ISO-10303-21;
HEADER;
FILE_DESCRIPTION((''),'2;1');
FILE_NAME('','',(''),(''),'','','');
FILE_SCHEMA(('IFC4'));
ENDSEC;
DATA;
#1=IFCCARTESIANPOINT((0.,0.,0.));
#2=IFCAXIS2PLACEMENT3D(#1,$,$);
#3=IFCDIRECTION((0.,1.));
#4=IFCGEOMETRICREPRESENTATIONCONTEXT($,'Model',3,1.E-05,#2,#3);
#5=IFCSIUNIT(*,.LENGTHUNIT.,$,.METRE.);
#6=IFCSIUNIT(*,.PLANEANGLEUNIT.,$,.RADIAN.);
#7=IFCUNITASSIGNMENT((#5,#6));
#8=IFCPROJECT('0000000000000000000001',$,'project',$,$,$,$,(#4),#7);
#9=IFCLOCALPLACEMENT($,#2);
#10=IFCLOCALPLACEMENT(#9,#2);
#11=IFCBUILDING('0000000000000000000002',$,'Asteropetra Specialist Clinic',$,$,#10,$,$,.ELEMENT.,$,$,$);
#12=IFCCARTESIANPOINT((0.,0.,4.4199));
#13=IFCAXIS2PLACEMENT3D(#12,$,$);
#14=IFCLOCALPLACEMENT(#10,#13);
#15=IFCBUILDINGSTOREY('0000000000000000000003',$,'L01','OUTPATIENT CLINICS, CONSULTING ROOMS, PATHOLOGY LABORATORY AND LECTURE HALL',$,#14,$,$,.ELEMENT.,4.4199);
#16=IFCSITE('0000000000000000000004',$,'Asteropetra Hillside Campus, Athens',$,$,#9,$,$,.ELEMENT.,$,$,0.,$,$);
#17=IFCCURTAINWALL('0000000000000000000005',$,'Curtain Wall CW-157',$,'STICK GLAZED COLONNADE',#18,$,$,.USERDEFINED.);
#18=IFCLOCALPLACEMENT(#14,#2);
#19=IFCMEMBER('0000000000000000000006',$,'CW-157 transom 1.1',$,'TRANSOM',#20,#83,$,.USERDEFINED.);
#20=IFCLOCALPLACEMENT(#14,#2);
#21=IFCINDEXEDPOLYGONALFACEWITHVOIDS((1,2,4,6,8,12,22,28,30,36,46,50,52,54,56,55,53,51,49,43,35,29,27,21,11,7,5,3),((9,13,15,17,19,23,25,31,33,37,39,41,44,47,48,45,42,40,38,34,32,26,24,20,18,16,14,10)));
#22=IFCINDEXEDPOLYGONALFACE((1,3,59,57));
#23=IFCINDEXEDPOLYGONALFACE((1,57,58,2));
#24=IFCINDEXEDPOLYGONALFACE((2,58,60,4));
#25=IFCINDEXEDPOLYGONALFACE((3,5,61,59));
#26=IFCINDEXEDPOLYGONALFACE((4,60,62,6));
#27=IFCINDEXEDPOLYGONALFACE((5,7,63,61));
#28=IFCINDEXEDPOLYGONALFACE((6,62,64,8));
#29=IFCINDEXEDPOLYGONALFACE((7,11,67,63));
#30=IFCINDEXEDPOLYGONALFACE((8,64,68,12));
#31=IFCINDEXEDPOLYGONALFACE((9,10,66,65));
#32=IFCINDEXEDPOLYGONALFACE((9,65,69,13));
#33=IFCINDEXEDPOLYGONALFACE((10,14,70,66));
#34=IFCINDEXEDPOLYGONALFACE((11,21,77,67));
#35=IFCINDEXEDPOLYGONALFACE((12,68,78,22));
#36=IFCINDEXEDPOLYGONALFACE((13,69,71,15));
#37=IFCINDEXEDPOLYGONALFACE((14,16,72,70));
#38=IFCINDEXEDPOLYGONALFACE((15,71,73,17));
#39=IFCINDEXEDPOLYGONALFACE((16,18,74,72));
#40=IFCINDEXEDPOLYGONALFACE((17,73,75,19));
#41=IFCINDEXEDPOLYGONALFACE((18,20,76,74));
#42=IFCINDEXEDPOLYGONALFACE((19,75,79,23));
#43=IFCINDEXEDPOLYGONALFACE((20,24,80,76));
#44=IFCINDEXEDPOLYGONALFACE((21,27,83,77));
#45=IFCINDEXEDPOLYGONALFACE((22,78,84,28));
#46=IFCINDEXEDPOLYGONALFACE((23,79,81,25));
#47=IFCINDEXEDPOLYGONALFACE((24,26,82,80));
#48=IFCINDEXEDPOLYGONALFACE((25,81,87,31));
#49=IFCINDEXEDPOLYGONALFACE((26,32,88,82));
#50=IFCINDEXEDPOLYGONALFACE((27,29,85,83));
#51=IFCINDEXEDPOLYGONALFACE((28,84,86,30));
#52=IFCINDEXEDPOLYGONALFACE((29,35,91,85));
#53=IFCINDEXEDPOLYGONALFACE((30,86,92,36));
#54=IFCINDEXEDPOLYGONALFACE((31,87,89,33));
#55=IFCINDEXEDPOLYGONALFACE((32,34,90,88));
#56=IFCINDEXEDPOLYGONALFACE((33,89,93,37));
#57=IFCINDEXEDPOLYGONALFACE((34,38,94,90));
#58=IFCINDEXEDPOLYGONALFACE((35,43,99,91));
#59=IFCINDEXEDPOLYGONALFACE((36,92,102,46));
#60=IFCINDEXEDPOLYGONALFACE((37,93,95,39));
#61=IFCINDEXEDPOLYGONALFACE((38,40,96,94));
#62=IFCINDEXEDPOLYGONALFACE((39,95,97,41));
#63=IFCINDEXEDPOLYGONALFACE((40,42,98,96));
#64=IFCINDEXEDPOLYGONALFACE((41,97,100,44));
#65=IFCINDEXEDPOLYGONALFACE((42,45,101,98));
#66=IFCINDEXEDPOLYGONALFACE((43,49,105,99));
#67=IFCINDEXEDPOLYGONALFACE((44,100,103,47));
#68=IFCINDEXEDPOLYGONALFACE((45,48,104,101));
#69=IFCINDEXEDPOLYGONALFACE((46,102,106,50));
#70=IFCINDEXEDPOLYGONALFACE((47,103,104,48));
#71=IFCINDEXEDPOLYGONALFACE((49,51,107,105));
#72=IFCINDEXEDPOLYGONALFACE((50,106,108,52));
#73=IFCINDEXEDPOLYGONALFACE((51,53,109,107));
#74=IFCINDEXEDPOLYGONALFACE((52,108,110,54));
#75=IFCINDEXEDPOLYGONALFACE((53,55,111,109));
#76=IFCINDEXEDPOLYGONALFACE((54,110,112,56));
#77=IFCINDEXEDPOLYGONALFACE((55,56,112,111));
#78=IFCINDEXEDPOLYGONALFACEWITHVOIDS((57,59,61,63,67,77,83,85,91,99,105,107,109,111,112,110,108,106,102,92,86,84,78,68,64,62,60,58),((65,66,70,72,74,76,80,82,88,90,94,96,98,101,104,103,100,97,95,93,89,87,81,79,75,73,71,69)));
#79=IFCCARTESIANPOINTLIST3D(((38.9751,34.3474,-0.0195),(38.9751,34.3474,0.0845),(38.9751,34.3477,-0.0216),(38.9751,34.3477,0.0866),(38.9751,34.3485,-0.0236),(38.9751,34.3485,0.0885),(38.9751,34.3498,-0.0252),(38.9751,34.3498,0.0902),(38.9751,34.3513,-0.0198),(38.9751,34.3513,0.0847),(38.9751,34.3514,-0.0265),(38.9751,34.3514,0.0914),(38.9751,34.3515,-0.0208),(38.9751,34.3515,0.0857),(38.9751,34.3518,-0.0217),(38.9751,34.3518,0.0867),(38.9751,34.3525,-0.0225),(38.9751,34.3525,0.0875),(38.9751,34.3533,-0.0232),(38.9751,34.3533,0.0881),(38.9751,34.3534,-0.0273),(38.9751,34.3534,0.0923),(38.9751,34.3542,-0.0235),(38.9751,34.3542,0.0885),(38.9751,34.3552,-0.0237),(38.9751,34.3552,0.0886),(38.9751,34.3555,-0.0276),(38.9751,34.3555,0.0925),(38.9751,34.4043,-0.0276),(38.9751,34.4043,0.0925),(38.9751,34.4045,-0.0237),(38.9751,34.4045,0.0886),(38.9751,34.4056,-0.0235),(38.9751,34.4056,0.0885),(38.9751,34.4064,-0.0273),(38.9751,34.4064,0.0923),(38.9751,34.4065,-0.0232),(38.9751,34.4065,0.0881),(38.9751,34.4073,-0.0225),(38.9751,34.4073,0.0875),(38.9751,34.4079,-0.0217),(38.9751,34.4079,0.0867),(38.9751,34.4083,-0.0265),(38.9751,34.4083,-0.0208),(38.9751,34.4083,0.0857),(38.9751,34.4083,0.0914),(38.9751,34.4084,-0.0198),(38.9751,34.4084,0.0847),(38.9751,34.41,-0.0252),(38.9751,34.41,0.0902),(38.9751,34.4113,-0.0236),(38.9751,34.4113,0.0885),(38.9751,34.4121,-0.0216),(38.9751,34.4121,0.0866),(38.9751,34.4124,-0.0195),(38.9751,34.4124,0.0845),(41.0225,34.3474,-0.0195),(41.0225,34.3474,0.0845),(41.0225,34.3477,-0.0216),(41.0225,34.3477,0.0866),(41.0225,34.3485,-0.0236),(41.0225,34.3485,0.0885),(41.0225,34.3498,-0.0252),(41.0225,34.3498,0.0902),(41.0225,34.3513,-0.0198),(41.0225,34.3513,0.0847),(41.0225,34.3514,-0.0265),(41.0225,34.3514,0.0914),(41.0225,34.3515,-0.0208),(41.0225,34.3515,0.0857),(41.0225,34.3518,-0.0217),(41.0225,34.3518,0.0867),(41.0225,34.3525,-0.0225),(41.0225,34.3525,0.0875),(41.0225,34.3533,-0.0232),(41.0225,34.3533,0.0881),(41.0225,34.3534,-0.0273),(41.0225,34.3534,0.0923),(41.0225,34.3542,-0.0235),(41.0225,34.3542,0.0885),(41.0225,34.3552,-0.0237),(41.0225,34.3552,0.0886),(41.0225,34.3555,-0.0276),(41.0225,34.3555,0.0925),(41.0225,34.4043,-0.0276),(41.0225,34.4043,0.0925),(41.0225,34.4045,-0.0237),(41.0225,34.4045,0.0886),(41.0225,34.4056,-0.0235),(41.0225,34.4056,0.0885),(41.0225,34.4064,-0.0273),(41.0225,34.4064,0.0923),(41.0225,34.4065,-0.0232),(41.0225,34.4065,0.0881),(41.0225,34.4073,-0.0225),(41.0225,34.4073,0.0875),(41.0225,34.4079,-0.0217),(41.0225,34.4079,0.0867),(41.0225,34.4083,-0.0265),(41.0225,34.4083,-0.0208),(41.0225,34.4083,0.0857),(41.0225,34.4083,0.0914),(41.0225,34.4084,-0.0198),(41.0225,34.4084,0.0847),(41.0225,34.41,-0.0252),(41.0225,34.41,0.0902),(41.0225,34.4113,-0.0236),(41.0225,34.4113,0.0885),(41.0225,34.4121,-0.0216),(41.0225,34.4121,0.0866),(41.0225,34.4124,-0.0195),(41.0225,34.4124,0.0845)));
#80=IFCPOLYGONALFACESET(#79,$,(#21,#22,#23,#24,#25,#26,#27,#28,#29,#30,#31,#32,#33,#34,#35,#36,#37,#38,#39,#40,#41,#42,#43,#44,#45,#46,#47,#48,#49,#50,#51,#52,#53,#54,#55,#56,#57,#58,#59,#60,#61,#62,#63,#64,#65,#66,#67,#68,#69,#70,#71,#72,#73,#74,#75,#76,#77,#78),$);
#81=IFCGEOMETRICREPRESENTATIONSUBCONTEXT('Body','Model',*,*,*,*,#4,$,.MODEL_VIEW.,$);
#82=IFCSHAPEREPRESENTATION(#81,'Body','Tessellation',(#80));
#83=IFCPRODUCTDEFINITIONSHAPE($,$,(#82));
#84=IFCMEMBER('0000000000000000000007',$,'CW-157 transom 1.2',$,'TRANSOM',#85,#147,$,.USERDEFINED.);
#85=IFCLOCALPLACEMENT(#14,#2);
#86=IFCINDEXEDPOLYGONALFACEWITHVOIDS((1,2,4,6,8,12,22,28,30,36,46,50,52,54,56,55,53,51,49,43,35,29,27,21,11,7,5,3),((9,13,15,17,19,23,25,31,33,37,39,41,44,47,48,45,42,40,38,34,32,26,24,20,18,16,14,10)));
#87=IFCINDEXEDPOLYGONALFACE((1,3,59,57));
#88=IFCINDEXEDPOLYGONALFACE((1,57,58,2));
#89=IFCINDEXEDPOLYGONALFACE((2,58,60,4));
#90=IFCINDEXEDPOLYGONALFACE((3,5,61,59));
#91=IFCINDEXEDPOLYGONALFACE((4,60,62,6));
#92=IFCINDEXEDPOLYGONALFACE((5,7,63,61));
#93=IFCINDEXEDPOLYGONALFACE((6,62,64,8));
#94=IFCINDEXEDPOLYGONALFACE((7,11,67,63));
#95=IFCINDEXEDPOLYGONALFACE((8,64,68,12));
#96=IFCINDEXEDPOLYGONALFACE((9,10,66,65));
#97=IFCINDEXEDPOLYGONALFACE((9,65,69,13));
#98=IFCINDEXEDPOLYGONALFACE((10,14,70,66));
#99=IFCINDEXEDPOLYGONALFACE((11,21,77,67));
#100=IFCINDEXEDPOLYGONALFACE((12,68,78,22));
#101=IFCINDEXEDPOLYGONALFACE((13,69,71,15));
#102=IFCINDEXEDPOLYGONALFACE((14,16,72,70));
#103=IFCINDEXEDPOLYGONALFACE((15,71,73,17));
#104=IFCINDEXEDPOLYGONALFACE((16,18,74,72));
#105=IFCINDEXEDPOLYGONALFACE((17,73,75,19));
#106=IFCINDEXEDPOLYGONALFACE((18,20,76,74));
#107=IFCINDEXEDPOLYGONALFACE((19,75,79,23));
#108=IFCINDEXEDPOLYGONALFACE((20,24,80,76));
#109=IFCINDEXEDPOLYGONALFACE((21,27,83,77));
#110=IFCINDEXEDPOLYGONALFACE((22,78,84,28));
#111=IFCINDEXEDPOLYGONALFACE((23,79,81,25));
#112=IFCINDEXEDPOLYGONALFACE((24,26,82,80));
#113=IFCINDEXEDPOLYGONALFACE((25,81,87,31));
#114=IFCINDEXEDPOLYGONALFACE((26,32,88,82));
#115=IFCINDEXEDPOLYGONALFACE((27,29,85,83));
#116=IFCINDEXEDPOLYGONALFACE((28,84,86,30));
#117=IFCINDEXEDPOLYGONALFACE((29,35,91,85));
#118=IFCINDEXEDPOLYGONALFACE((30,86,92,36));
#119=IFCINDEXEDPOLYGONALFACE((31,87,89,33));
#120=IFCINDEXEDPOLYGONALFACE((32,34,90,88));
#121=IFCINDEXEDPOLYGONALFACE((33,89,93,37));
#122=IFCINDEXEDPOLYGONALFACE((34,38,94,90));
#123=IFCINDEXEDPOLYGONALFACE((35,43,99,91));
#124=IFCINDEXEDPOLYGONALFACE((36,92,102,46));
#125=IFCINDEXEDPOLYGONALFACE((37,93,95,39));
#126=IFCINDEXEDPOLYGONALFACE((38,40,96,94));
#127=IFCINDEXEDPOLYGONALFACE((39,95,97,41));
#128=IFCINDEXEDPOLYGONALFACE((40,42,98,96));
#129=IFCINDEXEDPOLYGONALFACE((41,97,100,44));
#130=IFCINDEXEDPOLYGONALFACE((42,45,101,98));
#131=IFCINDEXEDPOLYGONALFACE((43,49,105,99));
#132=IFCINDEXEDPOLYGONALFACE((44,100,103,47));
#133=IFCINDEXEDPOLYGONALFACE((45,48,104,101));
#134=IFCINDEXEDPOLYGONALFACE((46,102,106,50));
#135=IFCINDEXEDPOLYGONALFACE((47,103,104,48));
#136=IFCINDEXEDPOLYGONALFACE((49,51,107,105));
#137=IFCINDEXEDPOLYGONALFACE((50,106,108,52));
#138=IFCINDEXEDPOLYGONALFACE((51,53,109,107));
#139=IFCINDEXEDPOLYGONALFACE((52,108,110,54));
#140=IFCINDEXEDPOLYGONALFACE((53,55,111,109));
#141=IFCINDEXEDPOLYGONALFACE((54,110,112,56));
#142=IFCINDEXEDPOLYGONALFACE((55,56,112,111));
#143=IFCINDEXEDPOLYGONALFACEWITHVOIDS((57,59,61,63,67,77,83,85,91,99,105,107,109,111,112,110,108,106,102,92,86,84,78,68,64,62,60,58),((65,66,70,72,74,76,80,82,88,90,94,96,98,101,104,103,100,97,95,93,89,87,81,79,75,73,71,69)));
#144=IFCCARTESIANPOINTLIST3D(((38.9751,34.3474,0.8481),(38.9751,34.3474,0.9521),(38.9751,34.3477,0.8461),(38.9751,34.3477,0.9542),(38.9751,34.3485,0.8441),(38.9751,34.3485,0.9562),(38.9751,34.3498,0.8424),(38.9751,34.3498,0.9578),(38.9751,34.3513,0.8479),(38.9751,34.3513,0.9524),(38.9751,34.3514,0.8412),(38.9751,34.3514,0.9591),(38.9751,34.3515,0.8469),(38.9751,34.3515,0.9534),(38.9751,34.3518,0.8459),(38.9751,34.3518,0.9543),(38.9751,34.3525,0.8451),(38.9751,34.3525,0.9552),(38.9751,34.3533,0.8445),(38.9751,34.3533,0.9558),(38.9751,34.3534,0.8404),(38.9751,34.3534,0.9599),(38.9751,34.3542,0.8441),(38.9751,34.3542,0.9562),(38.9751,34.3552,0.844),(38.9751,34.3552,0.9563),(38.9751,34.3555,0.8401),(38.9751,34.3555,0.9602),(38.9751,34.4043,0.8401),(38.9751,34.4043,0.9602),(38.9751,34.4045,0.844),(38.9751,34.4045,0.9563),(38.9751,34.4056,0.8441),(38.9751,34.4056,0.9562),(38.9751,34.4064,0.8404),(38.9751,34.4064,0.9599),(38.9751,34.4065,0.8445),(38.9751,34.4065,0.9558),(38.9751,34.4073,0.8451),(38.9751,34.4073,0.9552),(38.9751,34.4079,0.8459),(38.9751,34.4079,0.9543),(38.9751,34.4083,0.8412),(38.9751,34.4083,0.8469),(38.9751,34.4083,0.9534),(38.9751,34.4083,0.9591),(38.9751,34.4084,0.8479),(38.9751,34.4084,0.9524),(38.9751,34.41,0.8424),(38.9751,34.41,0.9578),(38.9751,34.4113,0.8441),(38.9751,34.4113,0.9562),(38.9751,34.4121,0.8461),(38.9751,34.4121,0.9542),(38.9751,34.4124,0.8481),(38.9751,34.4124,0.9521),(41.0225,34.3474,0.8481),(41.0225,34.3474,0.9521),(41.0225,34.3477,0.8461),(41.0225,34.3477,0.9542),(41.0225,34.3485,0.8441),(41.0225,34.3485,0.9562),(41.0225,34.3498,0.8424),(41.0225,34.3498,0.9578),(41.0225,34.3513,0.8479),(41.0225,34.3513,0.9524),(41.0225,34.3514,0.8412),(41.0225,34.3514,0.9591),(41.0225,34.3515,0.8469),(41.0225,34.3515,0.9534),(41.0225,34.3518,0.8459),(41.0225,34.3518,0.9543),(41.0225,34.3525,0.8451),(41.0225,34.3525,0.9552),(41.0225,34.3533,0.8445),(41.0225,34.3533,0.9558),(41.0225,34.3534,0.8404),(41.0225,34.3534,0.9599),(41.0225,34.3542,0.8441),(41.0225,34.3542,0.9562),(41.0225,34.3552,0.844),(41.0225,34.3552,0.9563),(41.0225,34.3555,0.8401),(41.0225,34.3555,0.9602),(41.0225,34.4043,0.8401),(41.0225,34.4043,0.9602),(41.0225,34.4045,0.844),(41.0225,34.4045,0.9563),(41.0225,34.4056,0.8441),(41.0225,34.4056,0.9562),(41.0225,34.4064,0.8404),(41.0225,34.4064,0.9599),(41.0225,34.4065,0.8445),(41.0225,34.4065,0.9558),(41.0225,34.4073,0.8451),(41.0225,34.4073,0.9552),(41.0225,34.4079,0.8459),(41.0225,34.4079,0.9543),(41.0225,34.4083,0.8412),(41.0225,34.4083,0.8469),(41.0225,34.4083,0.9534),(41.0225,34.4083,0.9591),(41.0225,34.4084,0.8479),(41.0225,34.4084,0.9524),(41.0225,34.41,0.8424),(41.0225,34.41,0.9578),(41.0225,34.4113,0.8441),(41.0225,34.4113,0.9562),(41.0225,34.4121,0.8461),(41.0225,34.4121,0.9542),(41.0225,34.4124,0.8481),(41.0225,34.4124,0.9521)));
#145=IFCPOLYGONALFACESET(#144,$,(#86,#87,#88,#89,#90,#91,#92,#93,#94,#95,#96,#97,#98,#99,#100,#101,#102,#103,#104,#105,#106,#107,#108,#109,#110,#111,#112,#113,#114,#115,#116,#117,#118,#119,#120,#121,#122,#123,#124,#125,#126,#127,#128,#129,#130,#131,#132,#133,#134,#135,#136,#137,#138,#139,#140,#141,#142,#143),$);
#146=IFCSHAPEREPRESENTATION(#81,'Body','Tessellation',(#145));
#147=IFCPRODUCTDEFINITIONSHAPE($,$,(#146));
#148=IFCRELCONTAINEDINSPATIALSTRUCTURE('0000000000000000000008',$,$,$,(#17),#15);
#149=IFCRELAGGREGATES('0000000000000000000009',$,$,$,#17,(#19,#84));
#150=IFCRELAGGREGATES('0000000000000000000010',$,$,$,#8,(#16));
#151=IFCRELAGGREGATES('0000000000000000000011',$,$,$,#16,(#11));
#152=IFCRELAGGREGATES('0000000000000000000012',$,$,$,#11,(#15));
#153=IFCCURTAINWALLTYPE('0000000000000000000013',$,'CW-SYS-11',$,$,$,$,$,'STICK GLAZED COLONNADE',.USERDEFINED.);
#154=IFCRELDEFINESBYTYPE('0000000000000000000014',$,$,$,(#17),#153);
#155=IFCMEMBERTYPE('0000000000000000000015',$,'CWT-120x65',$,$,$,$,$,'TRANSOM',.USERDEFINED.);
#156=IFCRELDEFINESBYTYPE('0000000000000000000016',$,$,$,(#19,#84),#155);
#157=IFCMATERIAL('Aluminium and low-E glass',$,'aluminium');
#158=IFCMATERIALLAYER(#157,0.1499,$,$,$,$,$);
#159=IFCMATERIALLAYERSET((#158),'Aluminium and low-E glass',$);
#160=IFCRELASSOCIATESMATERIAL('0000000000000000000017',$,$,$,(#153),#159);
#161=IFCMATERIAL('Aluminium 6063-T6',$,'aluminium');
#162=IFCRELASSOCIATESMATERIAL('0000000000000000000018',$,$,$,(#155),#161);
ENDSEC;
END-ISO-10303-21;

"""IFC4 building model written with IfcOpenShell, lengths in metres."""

from ifc_helpers import new_model, si_unit, direction, frame, origin, origin_2d, place, context, subcontext, project, spatial, hollow_rectangle, extrude, material, layer, layer_set, material_profile, profile_set, type_object, element, aggregate, save


model = new_model("IFC4")

# Units and contexts
model_context = context("Model", 3, precision=1e-05, world=origin(), true_north=direction((0.0, 1.0)))
body_context = subcontext(model_context, "Body", "Model", "MODEL_VIEW")
ifc_project = project(units=[si_unit("LENGTHUNIT", "METRE"), si_unit("PLANEANGLEUNIT", "RADIAN")], contexts=[model_context])

# Site, building, storey
site_placement = place(None, origin())
site = spatial("IfcSite", under=ifc_project, at=site_placement, Name="Asteropetra Hillside Campus, Athens", CompositionType="ELEMENT", RefElevation=0.0)
building_placement = place(site_placement, origin())
building = spatial("IfcBuilding", under=site, at=building_placement, Name="Asteropetra Specialist Clinic", CompositionType="ELEMENT")
storey_placement = place(building_placement, frame((0.0, 0.0, 4.4199)))
storey = spatial("IfcBuildingStorey", under=building, at=storey_placement, Name="L01", Description="OUTPATIENT CLINICS, CONSULTING ROOMS, PATHOLOGY LABORATORY AND LECTURE HALL", CompositionType="ELEMENT", Elevation=4.4199)

# Curtain wall
ifc_material_1 = material(Name="Aluminium and low-E glass", Category="aluminium")
ifc_layer_1 = layer(ifc_material_1, 0.1499)
ifc_layer_set_1 = layer_set([ifc_layer_1], Name="Aluminium and low-E glass")
curtain_wall_type_1 = type_object("IfcCurtainWallType", Name="CW-SYS-11", ElementType="STICK GLAZED COLONNADE", PredefinedType="USERDEFINED", material=ifc_layer_set_1)
curtain_wall_1_placement = place(storey_placement, origin())
curtain_wall_1 = element("IfcCurtainWall", 1, at=curtain_wall_1_placement, inside=storey, type_object=curtain_wall_type_1, Name="Curtain Wall CW-157", ObjectType="STICK GLAZED COLONNADE", PredefinedType="USERDEFINED")

# Members
ifc_material_2 = material(Name="Aluminium 6063-T6", Category="aluminium")
ifc_material_profile_1 = material_profile(ifc_material_2, hollow_rectangle(XDim=0.0649, YDim=0.1201, WallThickness=0.0039, InnerFilletRadius=0.0039, OuterFilletRadius=0.0081, at=origin_2d()), Name="TRN 120x65x4.0")
ifc_profile_set_1 = profile_set([ifc_material_profile_1], Name="Aluminium 6063-T6")
member_type_1 = type_object("IfcMemberType", Name="CWT-120x65", ElementType="TRANSOM", PredefinedType="USERDEFINED", material=ifc_profile_set_1)
member_1_placement = place(storey_placement, frame((38.9751, 34.3799, 0.0325), z_axis=(1.0, 0.0, 0.0), x_axis=(0.0, 1.0, 0.0)))
member_1 = element("IfcMember", 2, at=member_1_placement, type_object=member_type_1, Name="CW-157 transom 1.1", ObjectType="TRANSOM", PredefinedType="USERDEFINED", context=body_context, shape_type="SweptSolid", body=[
    extrude(hollow_rectangle(XDim=0.0649, YDim=0.1201, WallThickness=0.0039, InnerFilletRadius=0.0039, OuterFilletRadius=0.0081, at=origin_2d()), origin(), (0.0, 0.0, 1.0), 2.0474),
])
member_2_placement = place(storey_placement, frame((38.9751, 34.3799, 0.9001), z_axis=(1.0, 0.0, 0.0), x_axis=(0.0, 1.0, 0.0)))
member_2 = element("IfcMember", 3, at=member_2_placement, type_object=member_type_1, Name="CW-157 transom 1.2", ObjectType="TRANSOM", PredefinedType="USERDEFINED", context=body_context, shape_type="SweptSolid", body=[
    extrude(hollow_rectangle(XDim=0.0649, YDim=0.1201, WallThickness=0.0039, InnerFilletRadius=0.0039, OuterFilletRadius=0.0081, at=origin_2d()), origin(), (0.0, 0.0, 1.0), 2.0474),
])

aggregate(curtain_wall_1, [member_1, member_2])

save(model, "model.ifc")
